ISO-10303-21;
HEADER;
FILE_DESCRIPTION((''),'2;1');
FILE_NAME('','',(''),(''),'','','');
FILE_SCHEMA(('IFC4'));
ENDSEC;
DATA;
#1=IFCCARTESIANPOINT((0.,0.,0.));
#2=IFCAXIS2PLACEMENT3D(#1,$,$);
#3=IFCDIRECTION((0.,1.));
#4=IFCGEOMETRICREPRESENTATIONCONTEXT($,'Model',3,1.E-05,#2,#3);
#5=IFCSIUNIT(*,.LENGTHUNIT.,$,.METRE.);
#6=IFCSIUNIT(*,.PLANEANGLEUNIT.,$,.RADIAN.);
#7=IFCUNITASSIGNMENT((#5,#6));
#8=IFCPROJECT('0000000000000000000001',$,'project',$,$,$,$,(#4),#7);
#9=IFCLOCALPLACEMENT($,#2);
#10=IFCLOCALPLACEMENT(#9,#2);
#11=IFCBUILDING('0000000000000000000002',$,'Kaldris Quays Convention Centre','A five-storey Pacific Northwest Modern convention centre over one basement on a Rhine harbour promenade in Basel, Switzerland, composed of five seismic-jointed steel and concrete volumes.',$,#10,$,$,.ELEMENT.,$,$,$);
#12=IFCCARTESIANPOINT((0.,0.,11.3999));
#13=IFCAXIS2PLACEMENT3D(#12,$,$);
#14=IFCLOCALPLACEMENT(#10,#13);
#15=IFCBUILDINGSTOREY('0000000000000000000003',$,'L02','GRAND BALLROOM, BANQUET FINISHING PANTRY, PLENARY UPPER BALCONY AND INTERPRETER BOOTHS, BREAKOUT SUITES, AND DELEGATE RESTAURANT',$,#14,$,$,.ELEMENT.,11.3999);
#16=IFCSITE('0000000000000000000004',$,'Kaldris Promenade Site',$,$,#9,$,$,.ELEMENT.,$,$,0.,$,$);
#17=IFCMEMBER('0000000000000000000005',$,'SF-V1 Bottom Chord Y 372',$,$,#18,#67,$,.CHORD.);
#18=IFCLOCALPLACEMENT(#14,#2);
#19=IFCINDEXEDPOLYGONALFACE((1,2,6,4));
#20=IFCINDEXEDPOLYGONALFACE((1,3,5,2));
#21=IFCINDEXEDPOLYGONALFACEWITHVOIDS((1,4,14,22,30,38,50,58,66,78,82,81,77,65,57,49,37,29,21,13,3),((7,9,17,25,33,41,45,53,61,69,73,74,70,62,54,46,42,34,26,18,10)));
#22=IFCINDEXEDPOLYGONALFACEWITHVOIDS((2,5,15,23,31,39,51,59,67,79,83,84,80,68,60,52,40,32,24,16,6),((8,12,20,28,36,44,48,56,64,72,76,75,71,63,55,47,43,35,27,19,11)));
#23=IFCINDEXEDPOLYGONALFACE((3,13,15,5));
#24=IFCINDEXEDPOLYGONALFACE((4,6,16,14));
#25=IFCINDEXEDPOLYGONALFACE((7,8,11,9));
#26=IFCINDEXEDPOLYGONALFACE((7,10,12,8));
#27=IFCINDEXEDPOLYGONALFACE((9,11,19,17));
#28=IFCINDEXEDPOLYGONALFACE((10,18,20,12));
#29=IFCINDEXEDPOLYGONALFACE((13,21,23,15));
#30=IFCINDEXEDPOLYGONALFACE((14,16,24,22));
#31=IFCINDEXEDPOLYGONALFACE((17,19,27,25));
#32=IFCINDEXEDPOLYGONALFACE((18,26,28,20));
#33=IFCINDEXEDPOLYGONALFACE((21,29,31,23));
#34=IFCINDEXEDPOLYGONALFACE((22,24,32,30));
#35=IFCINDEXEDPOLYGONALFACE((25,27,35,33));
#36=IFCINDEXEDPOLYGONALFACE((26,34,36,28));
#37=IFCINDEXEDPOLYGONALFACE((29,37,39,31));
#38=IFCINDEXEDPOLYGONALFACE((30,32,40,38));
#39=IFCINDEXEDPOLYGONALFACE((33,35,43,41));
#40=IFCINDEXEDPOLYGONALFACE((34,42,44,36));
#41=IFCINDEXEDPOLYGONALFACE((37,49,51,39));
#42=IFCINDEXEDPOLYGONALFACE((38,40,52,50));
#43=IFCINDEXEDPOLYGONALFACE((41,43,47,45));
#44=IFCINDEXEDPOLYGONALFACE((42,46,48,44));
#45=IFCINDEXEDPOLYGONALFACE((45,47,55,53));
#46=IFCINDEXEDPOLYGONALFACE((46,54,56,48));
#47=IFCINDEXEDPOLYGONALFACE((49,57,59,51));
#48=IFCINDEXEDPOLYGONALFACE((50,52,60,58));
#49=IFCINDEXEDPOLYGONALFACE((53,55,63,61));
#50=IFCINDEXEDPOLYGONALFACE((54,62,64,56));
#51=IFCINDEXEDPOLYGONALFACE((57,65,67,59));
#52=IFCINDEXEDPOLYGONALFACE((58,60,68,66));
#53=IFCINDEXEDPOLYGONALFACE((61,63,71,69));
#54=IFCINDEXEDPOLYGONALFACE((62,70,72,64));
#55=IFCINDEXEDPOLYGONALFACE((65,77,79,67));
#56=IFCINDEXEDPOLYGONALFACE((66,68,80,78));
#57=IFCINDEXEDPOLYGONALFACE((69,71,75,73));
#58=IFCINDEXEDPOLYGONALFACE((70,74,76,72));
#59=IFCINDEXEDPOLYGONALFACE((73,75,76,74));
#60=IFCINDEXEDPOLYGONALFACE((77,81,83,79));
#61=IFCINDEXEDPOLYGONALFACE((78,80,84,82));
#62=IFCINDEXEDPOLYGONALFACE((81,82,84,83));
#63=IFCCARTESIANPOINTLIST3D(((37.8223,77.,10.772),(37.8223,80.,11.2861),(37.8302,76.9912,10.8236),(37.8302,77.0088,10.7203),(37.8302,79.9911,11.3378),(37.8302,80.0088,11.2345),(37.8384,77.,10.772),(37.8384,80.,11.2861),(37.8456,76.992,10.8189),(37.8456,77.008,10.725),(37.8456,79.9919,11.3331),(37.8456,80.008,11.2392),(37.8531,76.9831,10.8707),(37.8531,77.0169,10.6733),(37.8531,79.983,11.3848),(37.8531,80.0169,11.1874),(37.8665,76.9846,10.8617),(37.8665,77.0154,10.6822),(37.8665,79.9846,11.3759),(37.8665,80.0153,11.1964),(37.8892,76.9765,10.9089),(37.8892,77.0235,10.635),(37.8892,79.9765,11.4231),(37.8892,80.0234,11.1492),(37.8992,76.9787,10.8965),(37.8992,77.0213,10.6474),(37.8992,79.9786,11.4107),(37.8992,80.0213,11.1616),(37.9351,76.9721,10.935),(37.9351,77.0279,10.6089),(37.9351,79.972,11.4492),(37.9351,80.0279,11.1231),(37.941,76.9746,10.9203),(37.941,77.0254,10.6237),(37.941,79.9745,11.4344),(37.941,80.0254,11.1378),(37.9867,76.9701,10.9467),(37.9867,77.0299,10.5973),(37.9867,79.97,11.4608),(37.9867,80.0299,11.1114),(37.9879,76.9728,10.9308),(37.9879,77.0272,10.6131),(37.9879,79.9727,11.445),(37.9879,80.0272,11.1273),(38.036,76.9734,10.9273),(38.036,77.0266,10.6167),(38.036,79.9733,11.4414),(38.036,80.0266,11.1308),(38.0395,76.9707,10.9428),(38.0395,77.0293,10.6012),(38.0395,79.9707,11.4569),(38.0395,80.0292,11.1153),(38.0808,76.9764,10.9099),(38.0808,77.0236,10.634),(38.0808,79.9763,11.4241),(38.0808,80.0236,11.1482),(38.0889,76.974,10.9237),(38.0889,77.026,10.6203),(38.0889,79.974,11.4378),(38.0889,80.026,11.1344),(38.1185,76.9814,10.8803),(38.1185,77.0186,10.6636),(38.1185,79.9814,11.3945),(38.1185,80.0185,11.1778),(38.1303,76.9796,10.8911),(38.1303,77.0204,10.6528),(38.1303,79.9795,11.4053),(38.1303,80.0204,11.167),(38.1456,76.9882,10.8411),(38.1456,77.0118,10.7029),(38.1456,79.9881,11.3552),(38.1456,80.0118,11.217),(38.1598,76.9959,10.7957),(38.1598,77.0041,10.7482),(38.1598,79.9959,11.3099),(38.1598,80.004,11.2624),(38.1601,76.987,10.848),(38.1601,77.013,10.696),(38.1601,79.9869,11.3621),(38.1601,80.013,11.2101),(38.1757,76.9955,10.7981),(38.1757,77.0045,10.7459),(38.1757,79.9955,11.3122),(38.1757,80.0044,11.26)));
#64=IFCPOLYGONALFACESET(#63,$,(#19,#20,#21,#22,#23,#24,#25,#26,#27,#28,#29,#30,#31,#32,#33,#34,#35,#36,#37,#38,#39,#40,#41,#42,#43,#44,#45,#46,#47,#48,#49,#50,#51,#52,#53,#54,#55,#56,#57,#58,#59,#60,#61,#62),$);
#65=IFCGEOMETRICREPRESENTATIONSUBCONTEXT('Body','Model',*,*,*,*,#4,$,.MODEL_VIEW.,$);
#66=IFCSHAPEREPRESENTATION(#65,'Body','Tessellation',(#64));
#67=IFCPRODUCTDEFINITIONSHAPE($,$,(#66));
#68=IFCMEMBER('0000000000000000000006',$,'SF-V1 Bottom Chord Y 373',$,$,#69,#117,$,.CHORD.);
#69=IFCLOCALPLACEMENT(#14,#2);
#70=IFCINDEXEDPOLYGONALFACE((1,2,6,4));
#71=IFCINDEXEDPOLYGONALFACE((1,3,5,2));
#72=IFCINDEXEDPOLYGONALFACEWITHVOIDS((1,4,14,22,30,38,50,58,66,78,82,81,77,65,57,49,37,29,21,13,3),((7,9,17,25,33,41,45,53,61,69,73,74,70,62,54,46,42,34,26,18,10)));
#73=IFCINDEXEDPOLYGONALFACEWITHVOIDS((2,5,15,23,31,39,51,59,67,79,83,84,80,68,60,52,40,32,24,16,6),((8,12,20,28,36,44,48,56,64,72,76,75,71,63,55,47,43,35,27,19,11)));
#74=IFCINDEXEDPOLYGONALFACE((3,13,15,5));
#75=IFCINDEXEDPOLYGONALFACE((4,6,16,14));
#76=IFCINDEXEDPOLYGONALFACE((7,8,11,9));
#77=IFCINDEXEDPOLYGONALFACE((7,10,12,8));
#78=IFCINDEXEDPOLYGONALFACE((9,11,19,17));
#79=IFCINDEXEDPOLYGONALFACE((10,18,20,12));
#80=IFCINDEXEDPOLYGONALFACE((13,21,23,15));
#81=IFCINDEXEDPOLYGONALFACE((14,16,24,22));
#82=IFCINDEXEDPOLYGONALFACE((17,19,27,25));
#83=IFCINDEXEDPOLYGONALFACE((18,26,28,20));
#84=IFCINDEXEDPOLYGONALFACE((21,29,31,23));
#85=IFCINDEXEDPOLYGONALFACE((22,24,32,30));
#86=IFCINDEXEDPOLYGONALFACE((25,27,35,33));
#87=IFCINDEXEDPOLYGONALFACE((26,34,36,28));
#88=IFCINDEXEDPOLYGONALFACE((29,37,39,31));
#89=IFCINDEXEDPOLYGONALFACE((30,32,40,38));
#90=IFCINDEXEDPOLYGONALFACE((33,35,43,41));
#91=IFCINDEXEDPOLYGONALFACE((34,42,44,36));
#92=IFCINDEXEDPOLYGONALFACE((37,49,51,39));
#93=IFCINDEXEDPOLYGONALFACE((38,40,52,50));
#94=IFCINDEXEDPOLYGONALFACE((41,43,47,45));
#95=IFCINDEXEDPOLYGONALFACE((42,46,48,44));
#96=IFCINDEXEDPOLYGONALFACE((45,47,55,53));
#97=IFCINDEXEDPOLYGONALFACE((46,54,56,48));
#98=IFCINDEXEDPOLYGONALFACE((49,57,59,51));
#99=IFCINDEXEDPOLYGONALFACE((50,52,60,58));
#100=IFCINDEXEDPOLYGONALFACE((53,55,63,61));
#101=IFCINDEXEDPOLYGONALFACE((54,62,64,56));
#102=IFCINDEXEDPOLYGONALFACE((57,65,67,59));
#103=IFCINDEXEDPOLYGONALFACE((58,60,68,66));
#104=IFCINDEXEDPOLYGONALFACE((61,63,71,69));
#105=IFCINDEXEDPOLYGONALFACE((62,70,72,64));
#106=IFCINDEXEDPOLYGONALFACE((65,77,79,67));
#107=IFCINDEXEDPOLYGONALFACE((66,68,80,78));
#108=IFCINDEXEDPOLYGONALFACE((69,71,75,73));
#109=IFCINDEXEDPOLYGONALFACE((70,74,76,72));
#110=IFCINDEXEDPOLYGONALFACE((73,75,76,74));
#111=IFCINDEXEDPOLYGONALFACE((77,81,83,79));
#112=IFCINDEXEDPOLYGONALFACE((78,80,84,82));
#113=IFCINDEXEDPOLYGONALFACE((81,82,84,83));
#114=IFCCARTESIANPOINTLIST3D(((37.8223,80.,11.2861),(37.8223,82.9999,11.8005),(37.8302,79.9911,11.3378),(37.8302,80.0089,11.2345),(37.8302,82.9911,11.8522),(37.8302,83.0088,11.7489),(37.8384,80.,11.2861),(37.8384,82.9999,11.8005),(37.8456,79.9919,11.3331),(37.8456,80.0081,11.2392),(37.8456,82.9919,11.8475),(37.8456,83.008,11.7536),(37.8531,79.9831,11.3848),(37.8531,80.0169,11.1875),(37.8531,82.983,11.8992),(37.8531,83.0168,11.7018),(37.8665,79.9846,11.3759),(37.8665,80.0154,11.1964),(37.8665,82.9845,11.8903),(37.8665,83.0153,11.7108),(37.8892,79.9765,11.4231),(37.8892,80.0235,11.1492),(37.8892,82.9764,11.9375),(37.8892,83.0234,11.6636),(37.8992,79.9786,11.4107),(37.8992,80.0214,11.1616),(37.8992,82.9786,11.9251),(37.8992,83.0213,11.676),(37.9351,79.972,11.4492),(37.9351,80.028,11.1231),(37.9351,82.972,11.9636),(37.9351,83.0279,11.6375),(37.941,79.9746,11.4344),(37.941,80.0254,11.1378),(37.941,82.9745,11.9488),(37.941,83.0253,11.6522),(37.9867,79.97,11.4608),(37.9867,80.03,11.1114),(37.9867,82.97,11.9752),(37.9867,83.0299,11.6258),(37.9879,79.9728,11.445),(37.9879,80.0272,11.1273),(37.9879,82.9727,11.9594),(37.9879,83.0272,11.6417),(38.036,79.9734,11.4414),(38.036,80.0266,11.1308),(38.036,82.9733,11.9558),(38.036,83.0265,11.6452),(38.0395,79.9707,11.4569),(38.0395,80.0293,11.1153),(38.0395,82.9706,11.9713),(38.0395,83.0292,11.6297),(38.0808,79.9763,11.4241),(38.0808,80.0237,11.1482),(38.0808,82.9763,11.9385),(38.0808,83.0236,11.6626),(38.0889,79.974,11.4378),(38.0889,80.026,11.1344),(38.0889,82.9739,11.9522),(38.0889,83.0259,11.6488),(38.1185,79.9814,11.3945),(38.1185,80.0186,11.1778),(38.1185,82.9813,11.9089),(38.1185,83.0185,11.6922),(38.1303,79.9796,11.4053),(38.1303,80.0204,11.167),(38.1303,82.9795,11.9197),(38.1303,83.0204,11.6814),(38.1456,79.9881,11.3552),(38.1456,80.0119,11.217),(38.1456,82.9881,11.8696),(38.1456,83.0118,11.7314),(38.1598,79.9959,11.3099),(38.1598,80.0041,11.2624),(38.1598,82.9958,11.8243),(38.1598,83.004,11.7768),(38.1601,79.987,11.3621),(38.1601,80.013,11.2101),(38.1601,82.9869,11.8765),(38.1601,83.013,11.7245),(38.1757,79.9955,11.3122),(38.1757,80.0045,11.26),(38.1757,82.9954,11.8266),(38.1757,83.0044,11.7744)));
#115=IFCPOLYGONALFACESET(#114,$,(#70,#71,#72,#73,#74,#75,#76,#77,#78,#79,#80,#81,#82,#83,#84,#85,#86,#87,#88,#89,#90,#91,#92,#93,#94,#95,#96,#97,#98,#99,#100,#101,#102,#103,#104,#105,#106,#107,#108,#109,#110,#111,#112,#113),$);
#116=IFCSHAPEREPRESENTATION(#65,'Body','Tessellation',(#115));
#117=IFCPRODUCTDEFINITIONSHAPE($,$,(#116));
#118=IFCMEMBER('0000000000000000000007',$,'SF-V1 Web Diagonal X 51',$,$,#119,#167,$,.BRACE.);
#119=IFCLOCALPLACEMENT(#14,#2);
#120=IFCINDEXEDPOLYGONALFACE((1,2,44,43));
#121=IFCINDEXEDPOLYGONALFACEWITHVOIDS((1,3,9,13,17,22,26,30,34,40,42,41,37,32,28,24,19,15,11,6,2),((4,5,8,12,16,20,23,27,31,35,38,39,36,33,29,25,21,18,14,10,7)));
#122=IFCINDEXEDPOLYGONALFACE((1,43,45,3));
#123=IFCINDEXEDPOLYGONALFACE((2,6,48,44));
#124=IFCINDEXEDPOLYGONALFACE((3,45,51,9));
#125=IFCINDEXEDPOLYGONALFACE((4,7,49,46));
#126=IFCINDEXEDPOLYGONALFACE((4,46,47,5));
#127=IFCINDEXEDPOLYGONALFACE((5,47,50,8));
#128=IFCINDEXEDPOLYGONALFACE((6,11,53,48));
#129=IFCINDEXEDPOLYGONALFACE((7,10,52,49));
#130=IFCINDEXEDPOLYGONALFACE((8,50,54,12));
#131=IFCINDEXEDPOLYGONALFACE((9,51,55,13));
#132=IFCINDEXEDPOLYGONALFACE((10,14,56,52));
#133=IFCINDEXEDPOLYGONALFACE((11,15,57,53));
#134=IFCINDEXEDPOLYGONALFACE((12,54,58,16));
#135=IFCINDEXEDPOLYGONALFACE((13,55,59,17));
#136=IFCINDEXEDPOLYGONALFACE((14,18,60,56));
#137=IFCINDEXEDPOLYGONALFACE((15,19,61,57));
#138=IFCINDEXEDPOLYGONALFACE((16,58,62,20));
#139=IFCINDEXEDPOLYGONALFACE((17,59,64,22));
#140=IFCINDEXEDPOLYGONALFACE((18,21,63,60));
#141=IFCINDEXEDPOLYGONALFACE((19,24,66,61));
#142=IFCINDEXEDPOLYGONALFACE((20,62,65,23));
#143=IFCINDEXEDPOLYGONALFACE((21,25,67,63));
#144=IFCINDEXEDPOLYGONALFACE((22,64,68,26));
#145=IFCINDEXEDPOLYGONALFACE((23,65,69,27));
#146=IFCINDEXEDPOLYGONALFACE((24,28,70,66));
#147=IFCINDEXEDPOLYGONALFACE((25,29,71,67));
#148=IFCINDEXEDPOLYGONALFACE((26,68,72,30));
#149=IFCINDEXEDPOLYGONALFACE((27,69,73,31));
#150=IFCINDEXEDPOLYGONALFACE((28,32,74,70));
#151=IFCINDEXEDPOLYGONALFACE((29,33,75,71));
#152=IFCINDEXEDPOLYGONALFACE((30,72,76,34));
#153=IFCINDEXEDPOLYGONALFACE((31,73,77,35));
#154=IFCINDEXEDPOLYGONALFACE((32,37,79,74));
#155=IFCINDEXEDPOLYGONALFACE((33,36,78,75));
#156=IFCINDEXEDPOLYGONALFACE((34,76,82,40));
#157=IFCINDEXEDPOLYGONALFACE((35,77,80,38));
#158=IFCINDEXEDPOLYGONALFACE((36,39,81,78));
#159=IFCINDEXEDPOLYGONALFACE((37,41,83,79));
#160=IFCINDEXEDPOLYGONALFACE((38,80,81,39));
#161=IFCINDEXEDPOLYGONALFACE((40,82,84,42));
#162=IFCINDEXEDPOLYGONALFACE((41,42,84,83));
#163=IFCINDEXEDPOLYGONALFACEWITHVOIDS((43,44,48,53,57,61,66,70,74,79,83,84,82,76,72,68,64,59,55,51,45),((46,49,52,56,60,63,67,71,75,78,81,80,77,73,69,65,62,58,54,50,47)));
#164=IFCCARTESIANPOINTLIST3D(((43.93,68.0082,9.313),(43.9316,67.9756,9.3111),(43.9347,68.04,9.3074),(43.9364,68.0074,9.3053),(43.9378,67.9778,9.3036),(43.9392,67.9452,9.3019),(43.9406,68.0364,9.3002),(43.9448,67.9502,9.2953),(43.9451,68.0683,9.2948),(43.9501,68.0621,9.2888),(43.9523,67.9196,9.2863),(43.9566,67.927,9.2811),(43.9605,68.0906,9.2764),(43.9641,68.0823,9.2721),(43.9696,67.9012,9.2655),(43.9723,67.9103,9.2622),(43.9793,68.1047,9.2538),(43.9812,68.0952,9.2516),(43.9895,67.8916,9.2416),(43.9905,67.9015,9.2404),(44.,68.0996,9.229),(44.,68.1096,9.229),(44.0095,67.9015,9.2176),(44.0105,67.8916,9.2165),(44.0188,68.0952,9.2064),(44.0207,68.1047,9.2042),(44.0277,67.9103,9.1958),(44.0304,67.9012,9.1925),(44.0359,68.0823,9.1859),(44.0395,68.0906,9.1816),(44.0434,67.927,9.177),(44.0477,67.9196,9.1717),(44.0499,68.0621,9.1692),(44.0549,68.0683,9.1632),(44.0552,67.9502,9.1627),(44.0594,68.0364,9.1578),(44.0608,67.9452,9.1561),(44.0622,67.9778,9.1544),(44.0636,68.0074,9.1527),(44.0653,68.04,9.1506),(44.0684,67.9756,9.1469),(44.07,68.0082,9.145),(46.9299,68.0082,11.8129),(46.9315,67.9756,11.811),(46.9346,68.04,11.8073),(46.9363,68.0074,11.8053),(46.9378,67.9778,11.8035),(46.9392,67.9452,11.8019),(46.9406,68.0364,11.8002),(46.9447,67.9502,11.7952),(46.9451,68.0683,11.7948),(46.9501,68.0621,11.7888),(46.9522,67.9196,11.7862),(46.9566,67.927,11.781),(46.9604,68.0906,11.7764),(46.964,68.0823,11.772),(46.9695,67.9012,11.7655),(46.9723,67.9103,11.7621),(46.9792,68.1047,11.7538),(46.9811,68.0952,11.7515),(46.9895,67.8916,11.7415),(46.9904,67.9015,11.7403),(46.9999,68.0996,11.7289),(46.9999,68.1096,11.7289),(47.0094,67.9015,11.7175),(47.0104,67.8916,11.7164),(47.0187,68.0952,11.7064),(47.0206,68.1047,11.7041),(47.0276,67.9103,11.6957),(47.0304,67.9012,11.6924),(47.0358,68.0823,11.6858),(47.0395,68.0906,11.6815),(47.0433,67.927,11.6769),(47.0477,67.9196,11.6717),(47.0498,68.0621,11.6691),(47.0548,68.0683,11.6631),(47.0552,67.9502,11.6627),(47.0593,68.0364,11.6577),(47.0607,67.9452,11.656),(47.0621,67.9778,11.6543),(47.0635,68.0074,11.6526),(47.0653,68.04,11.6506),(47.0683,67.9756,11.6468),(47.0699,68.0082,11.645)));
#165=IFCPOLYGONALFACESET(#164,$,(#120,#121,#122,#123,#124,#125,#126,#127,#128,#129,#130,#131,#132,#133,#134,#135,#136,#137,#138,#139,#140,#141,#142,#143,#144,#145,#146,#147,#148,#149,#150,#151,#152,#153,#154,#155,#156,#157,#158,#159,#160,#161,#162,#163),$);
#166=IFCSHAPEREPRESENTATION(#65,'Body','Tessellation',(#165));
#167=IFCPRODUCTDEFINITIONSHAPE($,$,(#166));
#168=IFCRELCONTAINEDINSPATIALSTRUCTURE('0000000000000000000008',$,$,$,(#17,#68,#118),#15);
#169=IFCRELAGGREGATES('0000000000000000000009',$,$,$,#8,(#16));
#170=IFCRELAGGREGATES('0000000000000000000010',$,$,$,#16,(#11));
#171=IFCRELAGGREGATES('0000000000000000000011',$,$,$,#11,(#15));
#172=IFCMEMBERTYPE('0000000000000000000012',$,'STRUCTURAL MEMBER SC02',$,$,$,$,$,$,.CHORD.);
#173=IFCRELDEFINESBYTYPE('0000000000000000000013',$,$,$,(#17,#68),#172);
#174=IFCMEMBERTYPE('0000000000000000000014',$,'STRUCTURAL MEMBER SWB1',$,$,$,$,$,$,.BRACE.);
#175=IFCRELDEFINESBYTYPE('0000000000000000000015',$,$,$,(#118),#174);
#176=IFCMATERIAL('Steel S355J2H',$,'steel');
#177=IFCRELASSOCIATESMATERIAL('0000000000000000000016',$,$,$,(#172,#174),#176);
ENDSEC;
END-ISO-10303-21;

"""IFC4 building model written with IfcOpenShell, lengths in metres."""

from ifc_helpers import new_model, si_unit, direction, frame, origin, origin_2d, place, context, subcontext, project, spatial, hollow_circle, extrude, material, material_profile, profile_set, type_object, element, save


model = new_model("IFC4")

# Units and contexts
model_context = context("Model", 3, precision=1e-05, world=origin(), true_north=direction((0.0, 1.0)))
body_context = subcontext(model_context, "Body", "Model", "MODEL_VIEW")
ifc_project = project(units=[si_unit("LENGTHUNIT", "METRE"), si_unit("PLANEANGLEUNIT", "RADIAN")], contexts=[model_context])

# Site, building, storey
site_placement = place(None, origin())
site = spatial("IfcSite", under=ifc_project, at=site_placement, Name="Kaldris Promenade Site", CompositionType="ELEMENT", RefElevation=0.0)
building_placement = place(site_placement, origin())
building = spatial("IfcBuilding", under=site, at=building_placement, Name="Kaldris Quays Convention Centre", Description="A five-storey Pacific Northwest Modern convention centre over one basement on a Rhine harbour promenade in Basel, Switzerland, composed of five seismic-jointed steel and concrete volumes.", CompositionType="ELEMENT")
storey_placement = place(building_placement, frame((0.0, 0.0, 11.3999)))
storey = spatial("IfcBuildingStorey", under=building, at=storey_placement, Name="L02", Description="GRAND BALLROOM, BANQUET FINISHING PANTRY, PLENARY UPPER BALCONY AND INTERPRETER BOOTHS, BREAKOUT SUITES, AND DELEGATE RESTAURANT", CompositionType="ELEMENT", Elevation=11.3999)

# Members
ifc_material_1 = material(Name="Steel S355J2H", Category="steel")
ifc_material_profile_1 = material_profile(ifc_material_1, hollow_circle(Radius=0.1777, WallThickness=0.0161, at=origin_2d()), Name="CHS 355.6x16")
ifc_profile_set_1 = profile_set([ifc_material_profile_1], Name="Steel S355J2H")
member_type_1 = type_object("IfcMemberType", Name="STRUCTURAL MEMBER SC02", PredefinedType="CHORD", material=ifc_profile_set_1)
for number, where, z_axis, x_axis, name in (
    (1, (38.0, 77.0, 10.772), (0.0, 0.985629, 0.168924), (-1.0, 0.0, 0.0), "SF-V1 Bottom Chord Y 372"),
    (2, (38.0, 80.0, 11.2861), (0.0, 0.985616, 0.169002), (-1.0, 0.0, 0.0), "SF-V1 Bottom Chord Y 373"),
):
    element("IfcMember", number, at=place(storey_placement, frame(where, z_axis=z_axis, x_axis=x_axis)), inside=storey, type_object=member_type_1, Name=name, PredefinedType="CHORD", context=body_context, shape_type="SweptSolid", body=[
        extrude(hollow_circle(Radius=0.1777, WallThickness=0.0161, at=origin_2d()), origin(), (0.0, 0.0, 1.0), 3.0437),
    ])
ifc_material_profile_2 = material_profile(ifc_material_1, hollow_circle(Radius=0.1096, WallThickness=0.01, at=origin_2d()), Name="CHS 219.1x10")
ifc_profile_set_2 = profile_set([ifc_material_profile_2], Name="Steel S355J2H")
member_type_2 = type_object("IfcMemberType", Name="STRUCTURAL MEMBER SWB1", PredefinedType="BRACE", material=ifc_profile_set_2)
for number, where, z_axis, x_axis, name in (
    (3, (44.0, 68.0, 9.229), (0.768221, 0.0, 0.640184), (0.0, 1.0, 0.0), "SF-V1 Web Diagonal X 51"),
):
    element("IfcMember", number, at=place(storey_placement, frame(where, z_axis=z_axis, x_axis=x_axis)), inside=storey, type_object=member_type_2, Name=name, PredefinedType="BRACE", context=body_context, shape_type="SweptSolid", body=[
        extrude(hollow_circle(Radius=0.1096, WallThickness=0.01, at=origin_2d()), origin(), (0.0, 0.0, 1.0), 3.905),
    ])

save(model, "model.ifc")
